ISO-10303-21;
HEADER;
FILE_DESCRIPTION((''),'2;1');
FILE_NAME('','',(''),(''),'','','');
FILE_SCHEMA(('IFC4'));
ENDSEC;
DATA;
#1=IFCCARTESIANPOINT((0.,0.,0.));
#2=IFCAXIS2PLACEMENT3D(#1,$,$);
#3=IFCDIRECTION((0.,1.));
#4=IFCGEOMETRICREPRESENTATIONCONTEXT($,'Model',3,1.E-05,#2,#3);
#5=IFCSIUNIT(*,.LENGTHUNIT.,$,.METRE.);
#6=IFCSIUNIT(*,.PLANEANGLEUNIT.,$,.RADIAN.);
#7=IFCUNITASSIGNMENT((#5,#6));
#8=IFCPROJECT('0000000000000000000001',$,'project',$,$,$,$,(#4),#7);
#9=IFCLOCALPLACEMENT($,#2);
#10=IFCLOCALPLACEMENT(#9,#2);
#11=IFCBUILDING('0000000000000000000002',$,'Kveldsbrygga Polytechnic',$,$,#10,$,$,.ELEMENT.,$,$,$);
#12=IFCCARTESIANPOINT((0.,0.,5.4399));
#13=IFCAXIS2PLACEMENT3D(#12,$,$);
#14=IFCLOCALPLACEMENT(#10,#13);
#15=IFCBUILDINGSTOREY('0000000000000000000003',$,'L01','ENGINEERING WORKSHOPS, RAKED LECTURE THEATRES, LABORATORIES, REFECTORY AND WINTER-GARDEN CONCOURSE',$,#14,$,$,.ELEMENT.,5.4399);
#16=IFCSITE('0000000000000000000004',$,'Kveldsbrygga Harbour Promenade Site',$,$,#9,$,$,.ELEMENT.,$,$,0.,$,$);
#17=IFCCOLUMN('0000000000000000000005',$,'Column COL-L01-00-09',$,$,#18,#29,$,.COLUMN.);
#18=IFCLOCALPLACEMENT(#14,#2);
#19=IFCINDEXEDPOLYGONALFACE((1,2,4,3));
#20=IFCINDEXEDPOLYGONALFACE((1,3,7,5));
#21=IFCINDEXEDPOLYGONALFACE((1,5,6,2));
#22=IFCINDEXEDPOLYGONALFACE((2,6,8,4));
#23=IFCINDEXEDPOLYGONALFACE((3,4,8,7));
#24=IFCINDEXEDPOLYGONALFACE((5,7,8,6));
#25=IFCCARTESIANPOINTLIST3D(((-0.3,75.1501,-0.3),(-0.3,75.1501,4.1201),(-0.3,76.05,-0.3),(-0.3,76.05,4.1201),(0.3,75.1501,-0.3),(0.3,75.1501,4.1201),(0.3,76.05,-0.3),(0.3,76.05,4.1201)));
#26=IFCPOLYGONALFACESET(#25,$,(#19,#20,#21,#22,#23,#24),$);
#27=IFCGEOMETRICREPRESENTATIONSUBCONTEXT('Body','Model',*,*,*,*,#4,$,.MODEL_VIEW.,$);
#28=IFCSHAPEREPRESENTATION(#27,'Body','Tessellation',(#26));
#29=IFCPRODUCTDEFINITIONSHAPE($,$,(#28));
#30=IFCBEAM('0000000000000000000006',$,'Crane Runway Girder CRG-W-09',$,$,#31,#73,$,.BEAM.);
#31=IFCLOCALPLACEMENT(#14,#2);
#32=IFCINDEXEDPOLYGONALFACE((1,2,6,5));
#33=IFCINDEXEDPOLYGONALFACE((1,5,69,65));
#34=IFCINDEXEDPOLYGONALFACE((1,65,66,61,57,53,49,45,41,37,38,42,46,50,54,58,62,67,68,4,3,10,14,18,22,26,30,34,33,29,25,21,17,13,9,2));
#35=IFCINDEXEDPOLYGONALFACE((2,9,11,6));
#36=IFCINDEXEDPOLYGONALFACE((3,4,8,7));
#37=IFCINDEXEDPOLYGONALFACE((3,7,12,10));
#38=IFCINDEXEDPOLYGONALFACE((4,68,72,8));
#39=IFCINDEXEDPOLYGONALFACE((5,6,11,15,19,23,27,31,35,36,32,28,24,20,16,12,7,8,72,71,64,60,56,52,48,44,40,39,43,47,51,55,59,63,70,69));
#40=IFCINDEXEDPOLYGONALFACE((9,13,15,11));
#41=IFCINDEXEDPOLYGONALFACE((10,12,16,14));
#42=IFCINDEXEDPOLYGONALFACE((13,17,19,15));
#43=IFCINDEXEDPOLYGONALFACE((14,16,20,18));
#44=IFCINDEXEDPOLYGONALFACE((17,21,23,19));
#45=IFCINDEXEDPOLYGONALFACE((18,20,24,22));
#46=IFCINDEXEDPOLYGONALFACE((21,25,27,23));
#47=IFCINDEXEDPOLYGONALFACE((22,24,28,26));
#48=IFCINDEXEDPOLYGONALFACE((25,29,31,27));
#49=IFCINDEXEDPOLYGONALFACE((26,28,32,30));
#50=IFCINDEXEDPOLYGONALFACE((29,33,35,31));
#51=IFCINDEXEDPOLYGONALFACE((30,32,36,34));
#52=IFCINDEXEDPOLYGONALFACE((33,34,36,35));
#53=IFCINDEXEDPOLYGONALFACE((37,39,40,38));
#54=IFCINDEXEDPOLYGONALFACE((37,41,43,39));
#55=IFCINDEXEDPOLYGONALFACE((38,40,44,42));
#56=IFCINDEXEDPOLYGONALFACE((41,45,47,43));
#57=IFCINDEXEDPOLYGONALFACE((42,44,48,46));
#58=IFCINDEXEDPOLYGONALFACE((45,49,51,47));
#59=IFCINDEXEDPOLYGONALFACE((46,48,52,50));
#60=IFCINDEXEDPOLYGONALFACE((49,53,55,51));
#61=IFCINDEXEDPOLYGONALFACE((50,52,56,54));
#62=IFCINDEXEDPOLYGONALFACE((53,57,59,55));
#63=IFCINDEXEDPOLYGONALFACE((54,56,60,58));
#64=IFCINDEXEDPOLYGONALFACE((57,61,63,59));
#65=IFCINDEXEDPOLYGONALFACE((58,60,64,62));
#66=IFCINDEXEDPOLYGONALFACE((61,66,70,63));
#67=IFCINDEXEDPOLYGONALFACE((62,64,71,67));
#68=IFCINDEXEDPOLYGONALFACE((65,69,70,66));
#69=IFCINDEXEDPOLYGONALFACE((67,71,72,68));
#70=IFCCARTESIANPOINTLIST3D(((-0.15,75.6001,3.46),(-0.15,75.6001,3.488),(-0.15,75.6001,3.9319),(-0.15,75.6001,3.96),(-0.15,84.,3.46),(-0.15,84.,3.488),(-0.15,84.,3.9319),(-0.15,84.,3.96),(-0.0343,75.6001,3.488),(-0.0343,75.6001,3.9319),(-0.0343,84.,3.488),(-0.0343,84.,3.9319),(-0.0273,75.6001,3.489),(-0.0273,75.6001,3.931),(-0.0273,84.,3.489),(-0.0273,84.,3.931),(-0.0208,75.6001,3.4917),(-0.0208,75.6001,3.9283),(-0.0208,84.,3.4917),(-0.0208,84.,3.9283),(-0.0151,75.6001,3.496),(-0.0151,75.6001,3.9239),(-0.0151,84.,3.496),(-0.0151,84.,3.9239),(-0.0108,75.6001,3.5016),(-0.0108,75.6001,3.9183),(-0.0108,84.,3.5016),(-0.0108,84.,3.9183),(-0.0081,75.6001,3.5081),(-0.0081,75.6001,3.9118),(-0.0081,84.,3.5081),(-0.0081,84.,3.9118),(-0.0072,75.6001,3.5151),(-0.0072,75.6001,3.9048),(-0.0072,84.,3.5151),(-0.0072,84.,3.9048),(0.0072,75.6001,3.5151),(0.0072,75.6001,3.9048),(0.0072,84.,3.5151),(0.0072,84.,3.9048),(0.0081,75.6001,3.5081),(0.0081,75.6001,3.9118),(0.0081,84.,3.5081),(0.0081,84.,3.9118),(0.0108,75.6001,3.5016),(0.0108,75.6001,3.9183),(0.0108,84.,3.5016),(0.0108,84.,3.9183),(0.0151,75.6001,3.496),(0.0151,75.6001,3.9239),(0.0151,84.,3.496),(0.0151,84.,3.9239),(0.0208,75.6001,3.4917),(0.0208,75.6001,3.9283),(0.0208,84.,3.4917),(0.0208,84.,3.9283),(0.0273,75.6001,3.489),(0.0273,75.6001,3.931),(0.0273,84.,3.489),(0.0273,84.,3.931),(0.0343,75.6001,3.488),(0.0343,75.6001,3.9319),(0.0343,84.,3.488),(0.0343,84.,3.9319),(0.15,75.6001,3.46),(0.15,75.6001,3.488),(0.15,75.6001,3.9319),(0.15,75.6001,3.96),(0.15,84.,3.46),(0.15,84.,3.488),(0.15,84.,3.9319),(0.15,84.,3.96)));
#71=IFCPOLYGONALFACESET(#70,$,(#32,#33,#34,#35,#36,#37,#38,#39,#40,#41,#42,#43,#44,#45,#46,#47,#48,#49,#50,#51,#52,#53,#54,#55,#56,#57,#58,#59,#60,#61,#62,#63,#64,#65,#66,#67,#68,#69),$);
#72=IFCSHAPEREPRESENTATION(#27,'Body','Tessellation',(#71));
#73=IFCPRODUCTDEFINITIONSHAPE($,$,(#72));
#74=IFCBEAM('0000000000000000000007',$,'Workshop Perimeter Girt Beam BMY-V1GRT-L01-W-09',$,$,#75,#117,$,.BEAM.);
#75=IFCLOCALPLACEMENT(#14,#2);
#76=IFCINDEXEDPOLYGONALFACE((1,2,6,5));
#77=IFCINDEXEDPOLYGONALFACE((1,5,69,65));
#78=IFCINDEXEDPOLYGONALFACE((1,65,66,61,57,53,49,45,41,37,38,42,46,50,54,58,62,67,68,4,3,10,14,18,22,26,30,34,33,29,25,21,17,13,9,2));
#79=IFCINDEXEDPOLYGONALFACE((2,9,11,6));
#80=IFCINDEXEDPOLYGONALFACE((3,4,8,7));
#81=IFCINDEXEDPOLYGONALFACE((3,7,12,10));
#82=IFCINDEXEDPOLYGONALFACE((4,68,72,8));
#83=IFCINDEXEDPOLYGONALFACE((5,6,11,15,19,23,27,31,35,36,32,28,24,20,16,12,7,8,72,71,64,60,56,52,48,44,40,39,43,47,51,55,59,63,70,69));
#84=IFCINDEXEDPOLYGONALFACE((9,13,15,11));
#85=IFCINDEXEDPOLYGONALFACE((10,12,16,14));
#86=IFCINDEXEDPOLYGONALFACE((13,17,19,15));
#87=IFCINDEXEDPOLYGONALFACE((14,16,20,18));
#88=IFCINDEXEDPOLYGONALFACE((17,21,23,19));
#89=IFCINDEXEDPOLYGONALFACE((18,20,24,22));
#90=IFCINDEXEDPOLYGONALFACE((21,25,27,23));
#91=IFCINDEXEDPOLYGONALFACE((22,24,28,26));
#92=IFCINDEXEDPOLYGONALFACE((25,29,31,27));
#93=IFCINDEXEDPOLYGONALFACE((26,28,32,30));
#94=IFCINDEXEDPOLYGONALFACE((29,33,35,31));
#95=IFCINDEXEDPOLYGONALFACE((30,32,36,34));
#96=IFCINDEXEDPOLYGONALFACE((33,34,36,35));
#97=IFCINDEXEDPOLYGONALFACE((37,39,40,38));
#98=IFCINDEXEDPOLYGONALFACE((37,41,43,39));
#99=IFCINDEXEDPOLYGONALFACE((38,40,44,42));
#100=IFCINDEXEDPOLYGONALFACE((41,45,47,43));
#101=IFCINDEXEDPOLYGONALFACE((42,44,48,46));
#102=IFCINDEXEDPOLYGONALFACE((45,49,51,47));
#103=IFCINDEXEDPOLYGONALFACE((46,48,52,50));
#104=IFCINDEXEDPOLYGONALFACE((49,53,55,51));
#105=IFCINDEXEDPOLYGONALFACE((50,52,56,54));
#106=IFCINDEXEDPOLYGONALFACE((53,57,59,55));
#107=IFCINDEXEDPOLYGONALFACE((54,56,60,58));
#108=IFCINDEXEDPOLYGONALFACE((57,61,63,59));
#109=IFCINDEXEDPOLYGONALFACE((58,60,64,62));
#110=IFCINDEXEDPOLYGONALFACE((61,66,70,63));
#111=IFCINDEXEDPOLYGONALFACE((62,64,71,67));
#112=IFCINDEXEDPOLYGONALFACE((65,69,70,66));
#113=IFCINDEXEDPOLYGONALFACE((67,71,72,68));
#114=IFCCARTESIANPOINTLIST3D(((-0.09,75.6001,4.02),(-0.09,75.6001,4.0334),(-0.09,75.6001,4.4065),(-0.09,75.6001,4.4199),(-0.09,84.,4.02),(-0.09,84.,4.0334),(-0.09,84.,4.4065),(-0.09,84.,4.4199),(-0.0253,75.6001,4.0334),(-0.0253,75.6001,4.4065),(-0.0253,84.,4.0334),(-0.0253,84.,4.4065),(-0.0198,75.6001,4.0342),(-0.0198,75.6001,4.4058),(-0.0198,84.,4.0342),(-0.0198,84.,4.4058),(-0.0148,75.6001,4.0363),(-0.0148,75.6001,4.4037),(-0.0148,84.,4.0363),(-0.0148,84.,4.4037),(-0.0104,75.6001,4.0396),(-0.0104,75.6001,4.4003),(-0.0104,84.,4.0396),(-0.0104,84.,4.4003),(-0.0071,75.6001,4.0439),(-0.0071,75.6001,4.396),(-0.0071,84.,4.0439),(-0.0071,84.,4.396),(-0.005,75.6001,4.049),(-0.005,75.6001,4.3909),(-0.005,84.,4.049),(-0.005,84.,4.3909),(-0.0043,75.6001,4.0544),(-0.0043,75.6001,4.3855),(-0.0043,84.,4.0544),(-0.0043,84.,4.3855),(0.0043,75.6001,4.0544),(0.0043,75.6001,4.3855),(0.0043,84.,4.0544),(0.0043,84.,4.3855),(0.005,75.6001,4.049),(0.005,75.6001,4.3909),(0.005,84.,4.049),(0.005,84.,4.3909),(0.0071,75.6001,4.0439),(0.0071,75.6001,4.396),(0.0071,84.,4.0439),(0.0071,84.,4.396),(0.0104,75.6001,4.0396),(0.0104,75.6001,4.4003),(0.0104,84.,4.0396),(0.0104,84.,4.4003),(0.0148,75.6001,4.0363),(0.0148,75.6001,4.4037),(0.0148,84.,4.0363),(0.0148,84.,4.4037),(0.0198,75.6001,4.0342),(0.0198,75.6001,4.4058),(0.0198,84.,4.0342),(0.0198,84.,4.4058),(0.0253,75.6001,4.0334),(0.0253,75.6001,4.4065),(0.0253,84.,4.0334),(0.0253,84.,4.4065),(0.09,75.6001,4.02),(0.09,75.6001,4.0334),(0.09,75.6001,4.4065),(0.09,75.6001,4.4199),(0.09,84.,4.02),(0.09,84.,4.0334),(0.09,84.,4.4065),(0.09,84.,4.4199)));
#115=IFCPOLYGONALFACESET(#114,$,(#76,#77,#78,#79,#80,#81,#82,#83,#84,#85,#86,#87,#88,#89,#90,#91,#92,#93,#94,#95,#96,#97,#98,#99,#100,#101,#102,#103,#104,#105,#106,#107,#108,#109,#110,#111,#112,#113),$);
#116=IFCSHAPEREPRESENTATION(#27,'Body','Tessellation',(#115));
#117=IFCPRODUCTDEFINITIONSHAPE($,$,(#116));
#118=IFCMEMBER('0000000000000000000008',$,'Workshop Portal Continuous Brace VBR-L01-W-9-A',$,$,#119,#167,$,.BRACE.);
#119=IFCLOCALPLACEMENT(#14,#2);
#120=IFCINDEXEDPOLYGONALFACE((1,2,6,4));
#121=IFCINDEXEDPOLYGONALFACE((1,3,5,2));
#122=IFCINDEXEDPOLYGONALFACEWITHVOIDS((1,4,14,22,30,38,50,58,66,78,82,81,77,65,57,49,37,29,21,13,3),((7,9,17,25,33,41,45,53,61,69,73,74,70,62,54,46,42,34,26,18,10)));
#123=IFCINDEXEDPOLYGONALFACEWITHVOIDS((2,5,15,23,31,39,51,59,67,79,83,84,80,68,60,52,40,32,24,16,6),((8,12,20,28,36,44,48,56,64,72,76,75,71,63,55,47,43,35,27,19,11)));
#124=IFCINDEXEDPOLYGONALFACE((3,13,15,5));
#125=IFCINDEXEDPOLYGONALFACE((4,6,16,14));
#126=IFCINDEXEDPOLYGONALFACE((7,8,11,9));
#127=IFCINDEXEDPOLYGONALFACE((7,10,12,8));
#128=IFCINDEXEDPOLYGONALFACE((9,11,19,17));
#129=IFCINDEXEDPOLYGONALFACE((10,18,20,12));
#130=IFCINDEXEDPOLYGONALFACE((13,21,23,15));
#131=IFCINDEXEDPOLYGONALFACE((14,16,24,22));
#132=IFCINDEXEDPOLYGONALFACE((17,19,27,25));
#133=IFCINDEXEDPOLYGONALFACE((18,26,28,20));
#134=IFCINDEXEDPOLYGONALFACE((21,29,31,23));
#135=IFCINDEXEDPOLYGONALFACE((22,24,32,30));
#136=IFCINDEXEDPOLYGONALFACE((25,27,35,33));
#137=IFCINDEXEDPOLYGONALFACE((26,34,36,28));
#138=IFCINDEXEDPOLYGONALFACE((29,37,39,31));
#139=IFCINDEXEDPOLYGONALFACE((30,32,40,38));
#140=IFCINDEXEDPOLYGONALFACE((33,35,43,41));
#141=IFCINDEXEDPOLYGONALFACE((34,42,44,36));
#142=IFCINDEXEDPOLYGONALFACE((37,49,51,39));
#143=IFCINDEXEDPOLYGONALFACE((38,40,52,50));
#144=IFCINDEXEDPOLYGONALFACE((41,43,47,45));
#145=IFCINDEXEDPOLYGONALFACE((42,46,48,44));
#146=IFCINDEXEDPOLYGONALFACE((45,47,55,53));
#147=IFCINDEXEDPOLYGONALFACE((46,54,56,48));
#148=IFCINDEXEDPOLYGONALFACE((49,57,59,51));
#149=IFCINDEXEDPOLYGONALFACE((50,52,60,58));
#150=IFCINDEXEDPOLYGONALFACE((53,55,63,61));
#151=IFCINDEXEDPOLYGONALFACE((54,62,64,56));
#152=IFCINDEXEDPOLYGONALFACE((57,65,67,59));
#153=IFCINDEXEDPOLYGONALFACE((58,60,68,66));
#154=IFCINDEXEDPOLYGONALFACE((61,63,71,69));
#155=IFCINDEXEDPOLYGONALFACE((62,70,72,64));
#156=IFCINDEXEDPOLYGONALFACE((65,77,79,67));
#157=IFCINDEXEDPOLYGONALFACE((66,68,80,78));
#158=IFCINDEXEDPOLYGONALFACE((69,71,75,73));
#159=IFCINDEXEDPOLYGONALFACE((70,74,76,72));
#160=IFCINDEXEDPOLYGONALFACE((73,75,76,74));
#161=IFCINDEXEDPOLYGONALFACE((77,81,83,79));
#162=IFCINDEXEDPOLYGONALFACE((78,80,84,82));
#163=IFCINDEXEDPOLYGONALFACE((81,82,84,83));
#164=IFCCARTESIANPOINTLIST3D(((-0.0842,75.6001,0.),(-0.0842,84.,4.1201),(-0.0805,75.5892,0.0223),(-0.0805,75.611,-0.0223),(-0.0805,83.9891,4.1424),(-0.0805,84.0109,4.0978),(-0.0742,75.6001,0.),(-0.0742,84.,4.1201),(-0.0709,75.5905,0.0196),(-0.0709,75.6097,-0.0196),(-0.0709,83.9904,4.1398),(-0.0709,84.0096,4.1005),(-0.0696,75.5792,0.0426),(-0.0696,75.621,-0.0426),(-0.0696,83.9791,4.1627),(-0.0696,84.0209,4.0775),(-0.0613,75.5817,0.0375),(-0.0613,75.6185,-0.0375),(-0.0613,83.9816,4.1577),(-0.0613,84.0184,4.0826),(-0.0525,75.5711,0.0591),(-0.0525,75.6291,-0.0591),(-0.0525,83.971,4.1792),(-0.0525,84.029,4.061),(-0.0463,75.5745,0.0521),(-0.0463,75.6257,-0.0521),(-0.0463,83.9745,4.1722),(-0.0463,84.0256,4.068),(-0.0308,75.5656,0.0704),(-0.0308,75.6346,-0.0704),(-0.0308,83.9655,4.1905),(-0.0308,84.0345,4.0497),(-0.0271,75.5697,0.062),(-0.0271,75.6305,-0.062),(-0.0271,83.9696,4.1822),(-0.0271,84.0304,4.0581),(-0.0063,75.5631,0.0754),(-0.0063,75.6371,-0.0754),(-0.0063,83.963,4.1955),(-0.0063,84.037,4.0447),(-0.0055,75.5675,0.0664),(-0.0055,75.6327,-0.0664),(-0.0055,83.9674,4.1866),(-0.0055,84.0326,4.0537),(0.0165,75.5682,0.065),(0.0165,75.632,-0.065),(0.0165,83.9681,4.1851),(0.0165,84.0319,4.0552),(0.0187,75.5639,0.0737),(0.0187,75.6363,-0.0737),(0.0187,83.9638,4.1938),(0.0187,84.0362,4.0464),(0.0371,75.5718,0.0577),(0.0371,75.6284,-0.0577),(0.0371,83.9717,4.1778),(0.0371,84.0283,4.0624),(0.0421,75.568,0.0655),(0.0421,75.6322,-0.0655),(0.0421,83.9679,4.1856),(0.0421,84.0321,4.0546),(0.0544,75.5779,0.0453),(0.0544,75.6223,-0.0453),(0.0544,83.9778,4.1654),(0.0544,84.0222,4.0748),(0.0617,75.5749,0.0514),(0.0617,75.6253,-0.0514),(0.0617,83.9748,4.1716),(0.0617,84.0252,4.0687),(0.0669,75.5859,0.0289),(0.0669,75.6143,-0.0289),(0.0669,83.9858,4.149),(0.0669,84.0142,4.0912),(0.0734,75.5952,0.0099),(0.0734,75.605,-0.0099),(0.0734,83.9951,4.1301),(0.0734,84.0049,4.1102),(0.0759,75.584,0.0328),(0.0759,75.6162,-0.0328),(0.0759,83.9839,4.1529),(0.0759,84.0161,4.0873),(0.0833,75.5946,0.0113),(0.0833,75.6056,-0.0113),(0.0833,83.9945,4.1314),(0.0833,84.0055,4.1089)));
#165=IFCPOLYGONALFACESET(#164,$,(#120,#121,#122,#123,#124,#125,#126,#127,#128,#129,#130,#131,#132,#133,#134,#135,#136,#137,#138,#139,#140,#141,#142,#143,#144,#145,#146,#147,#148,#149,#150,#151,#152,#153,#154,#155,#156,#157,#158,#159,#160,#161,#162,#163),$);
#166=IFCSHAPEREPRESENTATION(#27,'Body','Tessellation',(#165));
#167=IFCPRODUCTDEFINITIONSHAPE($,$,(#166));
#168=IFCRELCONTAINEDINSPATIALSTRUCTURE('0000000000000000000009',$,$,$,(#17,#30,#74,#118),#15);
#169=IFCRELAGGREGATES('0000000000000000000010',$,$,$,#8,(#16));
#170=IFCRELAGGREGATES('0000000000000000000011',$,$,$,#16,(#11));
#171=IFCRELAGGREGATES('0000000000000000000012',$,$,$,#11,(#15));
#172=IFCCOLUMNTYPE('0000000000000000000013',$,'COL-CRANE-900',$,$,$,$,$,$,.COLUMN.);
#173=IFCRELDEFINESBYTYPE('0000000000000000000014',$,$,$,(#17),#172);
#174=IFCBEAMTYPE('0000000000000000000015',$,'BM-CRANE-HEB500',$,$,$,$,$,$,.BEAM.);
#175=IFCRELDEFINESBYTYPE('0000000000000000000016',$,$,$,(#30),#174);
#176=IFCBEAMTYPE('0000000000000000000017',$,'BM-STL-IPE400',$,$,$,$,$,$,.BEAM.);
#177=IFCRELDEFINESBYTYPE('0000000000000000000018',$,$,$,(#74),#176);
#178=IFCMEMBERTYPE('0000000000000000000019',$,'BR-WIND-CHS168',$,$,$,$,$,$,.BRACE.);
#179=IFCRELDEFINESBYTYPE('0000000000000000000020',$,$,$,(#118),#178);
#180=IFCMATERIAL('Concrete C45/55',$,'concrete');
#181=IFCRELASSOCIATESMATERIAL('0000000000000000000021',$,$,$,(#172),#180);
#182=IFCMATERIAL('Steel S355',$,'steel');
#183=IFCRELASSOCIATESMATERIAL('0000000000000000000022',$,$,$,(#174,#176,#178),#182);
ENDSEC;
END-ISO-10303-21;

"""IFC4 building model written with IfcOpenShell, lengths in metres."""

from ifc_helpers import new_model, si_unit, direction, frame, origin, origin_2d, place, context, subcontext, project, spatial, rectangle, hollow_circle, i_section, extrude, material, material_profile, profile_set, type_object, element, save


model = new_model("IFC4")

# Units and contexts
model_context = context("Model", 3, precision=1e-05, world=origin(), true_north=direction((0.0, 1.0)))
body_context = subcontext(model_context, "Body", "Model", "MODEL_VIEW")
ifc_project = project(units=[si_unit("LENGTHUNIT", "METRE"), si_unit("PLANEANGLEUNIT", "RADIAN")], contexts=[model_context])

# Site, building, storey
site_placement = place(None, origin())
site = spatial("IfcSite", under=ifc_project, at=site_placement, Name="Kveldsbrygga Harbour Promenade Site", CompositionType="ELEMENT", RefElevation=0.0)
building_placement = place(site_placement, origin())
building = spatial("IfcBuilding", under=site, at=building_placement, Name="Kveldsbrygga Polytechnic", CompositionType="ELEMENT")
storey_placement = place(building_placement, frame((0.0, 0.0, 5.4399)))
storey = spatial("IfcBuildingStorey", under=building, at=storey_placement, Name="L01", Description="ENGINEERING WORKSHOPS, RAKED LECTURE THEATRES, LABORATORIES, REFECTORY AND WINTER-GARDEN CONCOURSE", CompositionType="ELEMENT", Elevation=5.4399)

# Column
ifc_material_1 = material(Name="Concrete C45/55", Category="concrete")
ifc_material_profile_1 = material_profile(ifc_material_1, rectangle(XDim=0.6001, YDim=0.8999, at=origin_2d()), Name="RC 600x900")
ifc_profile_set_1 = profile_set([ifc_material_profile_1], Name="Concrete C45/55")
column_type = type_object("IfcColumnType", Name="COL-CRANE-900", PredefinedType="COLUMN", material=ifc_profile_set_1)
column_placement = place(storey_placement, frame((0.0, 75.6001, -0.3), z_axis=(0.0, 0.0, 1.0), x_axis=(1.0, 0.0, 0.0)))
element("IfcColumn", 1, at=column_placement, inside=storey, type_object=column_type, Name="Column COL-L01-00-09", PredefinedType="COLUMN", context=body_context, shape_type="SweptSolid", body=[
    extrude(rectangle(XDim=0.6001, YDim=0.8999, at=origin_2d()), origin(), (0.0, 0.0, 1.0), 4.4202),
])

# Beams
ifc_material_2 = material(Name="Steel S355", Category="steel")
ifc_material_profile_2 = material_profile(ifc_material_2, i_section(OverallWidth=0.3, OverallDepth=0.5, WebThickness=0.0144, FlangeThickness=0.0281, FilletRadius=0.0271, at=origin_2d()), Name="HEB 500")
ifc_profile_set_2 = profile_set([ifc_material_profile_2], Name="Steel S355")
beam_type_1 = type_object("IfcBeamType", Name="BM-CRANE-HEB500", PredefinedType="BEAM", material=ifc_profile_set_2)
beam_1_placement = place(storey_placement, frame((0.0, 75.6001, 3.71), z_axis=(0.0, 1.0, 0.0), x_axis=(-1.0, 0.0, 0.0)))
element("IfcBeam", 2, at=beam_1_placement, inside=storey, type_object=beam_type_1, Name="Crane Runway Girder CRG-W-09", PredefinedType="BEAM", context=body_context, shape_type="SweptSolid", body=[
    extrude(i_section(OverallWidth=0.3, OverallDepth=0.5, WebThickness=0.0144, FlangeThickness=0.0281, FilletRadius=0.0271, at=origin_2d()), origin(), (0.0, 0.0, 1.0), 8.3999),
])
ifc_material_profile_3 = material_profile(ifc_material_2, i_section(OverallWidth=0.1799, OverallDepth=0.3999, WebThickness=0.0085, FlangeThickness=0.0134, FilletRadius=0.021, at=origin_2d()), Name="IPE 400")
ifc_profile_set_3 = profile_set([ifc_material_profile_3], Name="Steel S355")
beam_type_2 = type_object("IfcBeamType", Name="BM-STL-IPE400", PredefinedType="BEAM", material=ifc_profile_set_3)
beam_2_placement = place(storey_placement, frame((0.0, 75.6001, 4.22), z_axis=(0.0, 1.0, 0.0), x_axis=(-1.0, 0.0, 0.0)))
element("IfcBeam", 3, at=beam_2_placement, inside=storey, type_object=beam_type_2, Name="Workshop Perimeter Girt Beam BMY-V1GRT-L01-W-09", PredefinedType="BEAM", context=body_context, shape_type="SweptSolid", body=[
    extrude(i_section(OverallWidth=0.1799, OverallDepth=0.3999, WebThickness=0.0085, FlangeThickness=0.0134, FilletRadius=0.021, at=origin_2d()), origin(), (0.0, 0.0, 1.0), 8.3999),
])

# Member
ifc_material_profile_4 = material_profile(ifc_material_2, hollow_circle(Radius=0.0842, WallThickness=0.01, at=origin_2d()), Name="CHS 168.3x10.0")
ifc_profile_set_4 = profile_set([ifc_material_profile_4], Name="Steel S355")
member_type = type_object("IfcMemberType", Name="BR-WIND-CHS168", PredefinedType="BRACE", material=ifc_profile_set_4)
member_1_placement = place(storey_placement, frame((0.0, 75.6001, 0.0), z_axis=(0.0, 0.897814, 0.440374), x_axis=(-1.0, 0.0, 0.0)))
element("IfcMember", 4, at=member_1_placement, inside=storey, type_object=member_type, Name="Workshop Portal Continuous Brace VBR-L01-W-9-A", PredefinedType="BRACE", context=body_context, shape_type="SweptSolid", body=[
    extrude(hollow_circle(Radius=0.0842, WallThickness=0.01, at=origin_2d()), origin(), (0.0, 0.0, 1.0), 9.356),
])

save(model, "model.ifc")
